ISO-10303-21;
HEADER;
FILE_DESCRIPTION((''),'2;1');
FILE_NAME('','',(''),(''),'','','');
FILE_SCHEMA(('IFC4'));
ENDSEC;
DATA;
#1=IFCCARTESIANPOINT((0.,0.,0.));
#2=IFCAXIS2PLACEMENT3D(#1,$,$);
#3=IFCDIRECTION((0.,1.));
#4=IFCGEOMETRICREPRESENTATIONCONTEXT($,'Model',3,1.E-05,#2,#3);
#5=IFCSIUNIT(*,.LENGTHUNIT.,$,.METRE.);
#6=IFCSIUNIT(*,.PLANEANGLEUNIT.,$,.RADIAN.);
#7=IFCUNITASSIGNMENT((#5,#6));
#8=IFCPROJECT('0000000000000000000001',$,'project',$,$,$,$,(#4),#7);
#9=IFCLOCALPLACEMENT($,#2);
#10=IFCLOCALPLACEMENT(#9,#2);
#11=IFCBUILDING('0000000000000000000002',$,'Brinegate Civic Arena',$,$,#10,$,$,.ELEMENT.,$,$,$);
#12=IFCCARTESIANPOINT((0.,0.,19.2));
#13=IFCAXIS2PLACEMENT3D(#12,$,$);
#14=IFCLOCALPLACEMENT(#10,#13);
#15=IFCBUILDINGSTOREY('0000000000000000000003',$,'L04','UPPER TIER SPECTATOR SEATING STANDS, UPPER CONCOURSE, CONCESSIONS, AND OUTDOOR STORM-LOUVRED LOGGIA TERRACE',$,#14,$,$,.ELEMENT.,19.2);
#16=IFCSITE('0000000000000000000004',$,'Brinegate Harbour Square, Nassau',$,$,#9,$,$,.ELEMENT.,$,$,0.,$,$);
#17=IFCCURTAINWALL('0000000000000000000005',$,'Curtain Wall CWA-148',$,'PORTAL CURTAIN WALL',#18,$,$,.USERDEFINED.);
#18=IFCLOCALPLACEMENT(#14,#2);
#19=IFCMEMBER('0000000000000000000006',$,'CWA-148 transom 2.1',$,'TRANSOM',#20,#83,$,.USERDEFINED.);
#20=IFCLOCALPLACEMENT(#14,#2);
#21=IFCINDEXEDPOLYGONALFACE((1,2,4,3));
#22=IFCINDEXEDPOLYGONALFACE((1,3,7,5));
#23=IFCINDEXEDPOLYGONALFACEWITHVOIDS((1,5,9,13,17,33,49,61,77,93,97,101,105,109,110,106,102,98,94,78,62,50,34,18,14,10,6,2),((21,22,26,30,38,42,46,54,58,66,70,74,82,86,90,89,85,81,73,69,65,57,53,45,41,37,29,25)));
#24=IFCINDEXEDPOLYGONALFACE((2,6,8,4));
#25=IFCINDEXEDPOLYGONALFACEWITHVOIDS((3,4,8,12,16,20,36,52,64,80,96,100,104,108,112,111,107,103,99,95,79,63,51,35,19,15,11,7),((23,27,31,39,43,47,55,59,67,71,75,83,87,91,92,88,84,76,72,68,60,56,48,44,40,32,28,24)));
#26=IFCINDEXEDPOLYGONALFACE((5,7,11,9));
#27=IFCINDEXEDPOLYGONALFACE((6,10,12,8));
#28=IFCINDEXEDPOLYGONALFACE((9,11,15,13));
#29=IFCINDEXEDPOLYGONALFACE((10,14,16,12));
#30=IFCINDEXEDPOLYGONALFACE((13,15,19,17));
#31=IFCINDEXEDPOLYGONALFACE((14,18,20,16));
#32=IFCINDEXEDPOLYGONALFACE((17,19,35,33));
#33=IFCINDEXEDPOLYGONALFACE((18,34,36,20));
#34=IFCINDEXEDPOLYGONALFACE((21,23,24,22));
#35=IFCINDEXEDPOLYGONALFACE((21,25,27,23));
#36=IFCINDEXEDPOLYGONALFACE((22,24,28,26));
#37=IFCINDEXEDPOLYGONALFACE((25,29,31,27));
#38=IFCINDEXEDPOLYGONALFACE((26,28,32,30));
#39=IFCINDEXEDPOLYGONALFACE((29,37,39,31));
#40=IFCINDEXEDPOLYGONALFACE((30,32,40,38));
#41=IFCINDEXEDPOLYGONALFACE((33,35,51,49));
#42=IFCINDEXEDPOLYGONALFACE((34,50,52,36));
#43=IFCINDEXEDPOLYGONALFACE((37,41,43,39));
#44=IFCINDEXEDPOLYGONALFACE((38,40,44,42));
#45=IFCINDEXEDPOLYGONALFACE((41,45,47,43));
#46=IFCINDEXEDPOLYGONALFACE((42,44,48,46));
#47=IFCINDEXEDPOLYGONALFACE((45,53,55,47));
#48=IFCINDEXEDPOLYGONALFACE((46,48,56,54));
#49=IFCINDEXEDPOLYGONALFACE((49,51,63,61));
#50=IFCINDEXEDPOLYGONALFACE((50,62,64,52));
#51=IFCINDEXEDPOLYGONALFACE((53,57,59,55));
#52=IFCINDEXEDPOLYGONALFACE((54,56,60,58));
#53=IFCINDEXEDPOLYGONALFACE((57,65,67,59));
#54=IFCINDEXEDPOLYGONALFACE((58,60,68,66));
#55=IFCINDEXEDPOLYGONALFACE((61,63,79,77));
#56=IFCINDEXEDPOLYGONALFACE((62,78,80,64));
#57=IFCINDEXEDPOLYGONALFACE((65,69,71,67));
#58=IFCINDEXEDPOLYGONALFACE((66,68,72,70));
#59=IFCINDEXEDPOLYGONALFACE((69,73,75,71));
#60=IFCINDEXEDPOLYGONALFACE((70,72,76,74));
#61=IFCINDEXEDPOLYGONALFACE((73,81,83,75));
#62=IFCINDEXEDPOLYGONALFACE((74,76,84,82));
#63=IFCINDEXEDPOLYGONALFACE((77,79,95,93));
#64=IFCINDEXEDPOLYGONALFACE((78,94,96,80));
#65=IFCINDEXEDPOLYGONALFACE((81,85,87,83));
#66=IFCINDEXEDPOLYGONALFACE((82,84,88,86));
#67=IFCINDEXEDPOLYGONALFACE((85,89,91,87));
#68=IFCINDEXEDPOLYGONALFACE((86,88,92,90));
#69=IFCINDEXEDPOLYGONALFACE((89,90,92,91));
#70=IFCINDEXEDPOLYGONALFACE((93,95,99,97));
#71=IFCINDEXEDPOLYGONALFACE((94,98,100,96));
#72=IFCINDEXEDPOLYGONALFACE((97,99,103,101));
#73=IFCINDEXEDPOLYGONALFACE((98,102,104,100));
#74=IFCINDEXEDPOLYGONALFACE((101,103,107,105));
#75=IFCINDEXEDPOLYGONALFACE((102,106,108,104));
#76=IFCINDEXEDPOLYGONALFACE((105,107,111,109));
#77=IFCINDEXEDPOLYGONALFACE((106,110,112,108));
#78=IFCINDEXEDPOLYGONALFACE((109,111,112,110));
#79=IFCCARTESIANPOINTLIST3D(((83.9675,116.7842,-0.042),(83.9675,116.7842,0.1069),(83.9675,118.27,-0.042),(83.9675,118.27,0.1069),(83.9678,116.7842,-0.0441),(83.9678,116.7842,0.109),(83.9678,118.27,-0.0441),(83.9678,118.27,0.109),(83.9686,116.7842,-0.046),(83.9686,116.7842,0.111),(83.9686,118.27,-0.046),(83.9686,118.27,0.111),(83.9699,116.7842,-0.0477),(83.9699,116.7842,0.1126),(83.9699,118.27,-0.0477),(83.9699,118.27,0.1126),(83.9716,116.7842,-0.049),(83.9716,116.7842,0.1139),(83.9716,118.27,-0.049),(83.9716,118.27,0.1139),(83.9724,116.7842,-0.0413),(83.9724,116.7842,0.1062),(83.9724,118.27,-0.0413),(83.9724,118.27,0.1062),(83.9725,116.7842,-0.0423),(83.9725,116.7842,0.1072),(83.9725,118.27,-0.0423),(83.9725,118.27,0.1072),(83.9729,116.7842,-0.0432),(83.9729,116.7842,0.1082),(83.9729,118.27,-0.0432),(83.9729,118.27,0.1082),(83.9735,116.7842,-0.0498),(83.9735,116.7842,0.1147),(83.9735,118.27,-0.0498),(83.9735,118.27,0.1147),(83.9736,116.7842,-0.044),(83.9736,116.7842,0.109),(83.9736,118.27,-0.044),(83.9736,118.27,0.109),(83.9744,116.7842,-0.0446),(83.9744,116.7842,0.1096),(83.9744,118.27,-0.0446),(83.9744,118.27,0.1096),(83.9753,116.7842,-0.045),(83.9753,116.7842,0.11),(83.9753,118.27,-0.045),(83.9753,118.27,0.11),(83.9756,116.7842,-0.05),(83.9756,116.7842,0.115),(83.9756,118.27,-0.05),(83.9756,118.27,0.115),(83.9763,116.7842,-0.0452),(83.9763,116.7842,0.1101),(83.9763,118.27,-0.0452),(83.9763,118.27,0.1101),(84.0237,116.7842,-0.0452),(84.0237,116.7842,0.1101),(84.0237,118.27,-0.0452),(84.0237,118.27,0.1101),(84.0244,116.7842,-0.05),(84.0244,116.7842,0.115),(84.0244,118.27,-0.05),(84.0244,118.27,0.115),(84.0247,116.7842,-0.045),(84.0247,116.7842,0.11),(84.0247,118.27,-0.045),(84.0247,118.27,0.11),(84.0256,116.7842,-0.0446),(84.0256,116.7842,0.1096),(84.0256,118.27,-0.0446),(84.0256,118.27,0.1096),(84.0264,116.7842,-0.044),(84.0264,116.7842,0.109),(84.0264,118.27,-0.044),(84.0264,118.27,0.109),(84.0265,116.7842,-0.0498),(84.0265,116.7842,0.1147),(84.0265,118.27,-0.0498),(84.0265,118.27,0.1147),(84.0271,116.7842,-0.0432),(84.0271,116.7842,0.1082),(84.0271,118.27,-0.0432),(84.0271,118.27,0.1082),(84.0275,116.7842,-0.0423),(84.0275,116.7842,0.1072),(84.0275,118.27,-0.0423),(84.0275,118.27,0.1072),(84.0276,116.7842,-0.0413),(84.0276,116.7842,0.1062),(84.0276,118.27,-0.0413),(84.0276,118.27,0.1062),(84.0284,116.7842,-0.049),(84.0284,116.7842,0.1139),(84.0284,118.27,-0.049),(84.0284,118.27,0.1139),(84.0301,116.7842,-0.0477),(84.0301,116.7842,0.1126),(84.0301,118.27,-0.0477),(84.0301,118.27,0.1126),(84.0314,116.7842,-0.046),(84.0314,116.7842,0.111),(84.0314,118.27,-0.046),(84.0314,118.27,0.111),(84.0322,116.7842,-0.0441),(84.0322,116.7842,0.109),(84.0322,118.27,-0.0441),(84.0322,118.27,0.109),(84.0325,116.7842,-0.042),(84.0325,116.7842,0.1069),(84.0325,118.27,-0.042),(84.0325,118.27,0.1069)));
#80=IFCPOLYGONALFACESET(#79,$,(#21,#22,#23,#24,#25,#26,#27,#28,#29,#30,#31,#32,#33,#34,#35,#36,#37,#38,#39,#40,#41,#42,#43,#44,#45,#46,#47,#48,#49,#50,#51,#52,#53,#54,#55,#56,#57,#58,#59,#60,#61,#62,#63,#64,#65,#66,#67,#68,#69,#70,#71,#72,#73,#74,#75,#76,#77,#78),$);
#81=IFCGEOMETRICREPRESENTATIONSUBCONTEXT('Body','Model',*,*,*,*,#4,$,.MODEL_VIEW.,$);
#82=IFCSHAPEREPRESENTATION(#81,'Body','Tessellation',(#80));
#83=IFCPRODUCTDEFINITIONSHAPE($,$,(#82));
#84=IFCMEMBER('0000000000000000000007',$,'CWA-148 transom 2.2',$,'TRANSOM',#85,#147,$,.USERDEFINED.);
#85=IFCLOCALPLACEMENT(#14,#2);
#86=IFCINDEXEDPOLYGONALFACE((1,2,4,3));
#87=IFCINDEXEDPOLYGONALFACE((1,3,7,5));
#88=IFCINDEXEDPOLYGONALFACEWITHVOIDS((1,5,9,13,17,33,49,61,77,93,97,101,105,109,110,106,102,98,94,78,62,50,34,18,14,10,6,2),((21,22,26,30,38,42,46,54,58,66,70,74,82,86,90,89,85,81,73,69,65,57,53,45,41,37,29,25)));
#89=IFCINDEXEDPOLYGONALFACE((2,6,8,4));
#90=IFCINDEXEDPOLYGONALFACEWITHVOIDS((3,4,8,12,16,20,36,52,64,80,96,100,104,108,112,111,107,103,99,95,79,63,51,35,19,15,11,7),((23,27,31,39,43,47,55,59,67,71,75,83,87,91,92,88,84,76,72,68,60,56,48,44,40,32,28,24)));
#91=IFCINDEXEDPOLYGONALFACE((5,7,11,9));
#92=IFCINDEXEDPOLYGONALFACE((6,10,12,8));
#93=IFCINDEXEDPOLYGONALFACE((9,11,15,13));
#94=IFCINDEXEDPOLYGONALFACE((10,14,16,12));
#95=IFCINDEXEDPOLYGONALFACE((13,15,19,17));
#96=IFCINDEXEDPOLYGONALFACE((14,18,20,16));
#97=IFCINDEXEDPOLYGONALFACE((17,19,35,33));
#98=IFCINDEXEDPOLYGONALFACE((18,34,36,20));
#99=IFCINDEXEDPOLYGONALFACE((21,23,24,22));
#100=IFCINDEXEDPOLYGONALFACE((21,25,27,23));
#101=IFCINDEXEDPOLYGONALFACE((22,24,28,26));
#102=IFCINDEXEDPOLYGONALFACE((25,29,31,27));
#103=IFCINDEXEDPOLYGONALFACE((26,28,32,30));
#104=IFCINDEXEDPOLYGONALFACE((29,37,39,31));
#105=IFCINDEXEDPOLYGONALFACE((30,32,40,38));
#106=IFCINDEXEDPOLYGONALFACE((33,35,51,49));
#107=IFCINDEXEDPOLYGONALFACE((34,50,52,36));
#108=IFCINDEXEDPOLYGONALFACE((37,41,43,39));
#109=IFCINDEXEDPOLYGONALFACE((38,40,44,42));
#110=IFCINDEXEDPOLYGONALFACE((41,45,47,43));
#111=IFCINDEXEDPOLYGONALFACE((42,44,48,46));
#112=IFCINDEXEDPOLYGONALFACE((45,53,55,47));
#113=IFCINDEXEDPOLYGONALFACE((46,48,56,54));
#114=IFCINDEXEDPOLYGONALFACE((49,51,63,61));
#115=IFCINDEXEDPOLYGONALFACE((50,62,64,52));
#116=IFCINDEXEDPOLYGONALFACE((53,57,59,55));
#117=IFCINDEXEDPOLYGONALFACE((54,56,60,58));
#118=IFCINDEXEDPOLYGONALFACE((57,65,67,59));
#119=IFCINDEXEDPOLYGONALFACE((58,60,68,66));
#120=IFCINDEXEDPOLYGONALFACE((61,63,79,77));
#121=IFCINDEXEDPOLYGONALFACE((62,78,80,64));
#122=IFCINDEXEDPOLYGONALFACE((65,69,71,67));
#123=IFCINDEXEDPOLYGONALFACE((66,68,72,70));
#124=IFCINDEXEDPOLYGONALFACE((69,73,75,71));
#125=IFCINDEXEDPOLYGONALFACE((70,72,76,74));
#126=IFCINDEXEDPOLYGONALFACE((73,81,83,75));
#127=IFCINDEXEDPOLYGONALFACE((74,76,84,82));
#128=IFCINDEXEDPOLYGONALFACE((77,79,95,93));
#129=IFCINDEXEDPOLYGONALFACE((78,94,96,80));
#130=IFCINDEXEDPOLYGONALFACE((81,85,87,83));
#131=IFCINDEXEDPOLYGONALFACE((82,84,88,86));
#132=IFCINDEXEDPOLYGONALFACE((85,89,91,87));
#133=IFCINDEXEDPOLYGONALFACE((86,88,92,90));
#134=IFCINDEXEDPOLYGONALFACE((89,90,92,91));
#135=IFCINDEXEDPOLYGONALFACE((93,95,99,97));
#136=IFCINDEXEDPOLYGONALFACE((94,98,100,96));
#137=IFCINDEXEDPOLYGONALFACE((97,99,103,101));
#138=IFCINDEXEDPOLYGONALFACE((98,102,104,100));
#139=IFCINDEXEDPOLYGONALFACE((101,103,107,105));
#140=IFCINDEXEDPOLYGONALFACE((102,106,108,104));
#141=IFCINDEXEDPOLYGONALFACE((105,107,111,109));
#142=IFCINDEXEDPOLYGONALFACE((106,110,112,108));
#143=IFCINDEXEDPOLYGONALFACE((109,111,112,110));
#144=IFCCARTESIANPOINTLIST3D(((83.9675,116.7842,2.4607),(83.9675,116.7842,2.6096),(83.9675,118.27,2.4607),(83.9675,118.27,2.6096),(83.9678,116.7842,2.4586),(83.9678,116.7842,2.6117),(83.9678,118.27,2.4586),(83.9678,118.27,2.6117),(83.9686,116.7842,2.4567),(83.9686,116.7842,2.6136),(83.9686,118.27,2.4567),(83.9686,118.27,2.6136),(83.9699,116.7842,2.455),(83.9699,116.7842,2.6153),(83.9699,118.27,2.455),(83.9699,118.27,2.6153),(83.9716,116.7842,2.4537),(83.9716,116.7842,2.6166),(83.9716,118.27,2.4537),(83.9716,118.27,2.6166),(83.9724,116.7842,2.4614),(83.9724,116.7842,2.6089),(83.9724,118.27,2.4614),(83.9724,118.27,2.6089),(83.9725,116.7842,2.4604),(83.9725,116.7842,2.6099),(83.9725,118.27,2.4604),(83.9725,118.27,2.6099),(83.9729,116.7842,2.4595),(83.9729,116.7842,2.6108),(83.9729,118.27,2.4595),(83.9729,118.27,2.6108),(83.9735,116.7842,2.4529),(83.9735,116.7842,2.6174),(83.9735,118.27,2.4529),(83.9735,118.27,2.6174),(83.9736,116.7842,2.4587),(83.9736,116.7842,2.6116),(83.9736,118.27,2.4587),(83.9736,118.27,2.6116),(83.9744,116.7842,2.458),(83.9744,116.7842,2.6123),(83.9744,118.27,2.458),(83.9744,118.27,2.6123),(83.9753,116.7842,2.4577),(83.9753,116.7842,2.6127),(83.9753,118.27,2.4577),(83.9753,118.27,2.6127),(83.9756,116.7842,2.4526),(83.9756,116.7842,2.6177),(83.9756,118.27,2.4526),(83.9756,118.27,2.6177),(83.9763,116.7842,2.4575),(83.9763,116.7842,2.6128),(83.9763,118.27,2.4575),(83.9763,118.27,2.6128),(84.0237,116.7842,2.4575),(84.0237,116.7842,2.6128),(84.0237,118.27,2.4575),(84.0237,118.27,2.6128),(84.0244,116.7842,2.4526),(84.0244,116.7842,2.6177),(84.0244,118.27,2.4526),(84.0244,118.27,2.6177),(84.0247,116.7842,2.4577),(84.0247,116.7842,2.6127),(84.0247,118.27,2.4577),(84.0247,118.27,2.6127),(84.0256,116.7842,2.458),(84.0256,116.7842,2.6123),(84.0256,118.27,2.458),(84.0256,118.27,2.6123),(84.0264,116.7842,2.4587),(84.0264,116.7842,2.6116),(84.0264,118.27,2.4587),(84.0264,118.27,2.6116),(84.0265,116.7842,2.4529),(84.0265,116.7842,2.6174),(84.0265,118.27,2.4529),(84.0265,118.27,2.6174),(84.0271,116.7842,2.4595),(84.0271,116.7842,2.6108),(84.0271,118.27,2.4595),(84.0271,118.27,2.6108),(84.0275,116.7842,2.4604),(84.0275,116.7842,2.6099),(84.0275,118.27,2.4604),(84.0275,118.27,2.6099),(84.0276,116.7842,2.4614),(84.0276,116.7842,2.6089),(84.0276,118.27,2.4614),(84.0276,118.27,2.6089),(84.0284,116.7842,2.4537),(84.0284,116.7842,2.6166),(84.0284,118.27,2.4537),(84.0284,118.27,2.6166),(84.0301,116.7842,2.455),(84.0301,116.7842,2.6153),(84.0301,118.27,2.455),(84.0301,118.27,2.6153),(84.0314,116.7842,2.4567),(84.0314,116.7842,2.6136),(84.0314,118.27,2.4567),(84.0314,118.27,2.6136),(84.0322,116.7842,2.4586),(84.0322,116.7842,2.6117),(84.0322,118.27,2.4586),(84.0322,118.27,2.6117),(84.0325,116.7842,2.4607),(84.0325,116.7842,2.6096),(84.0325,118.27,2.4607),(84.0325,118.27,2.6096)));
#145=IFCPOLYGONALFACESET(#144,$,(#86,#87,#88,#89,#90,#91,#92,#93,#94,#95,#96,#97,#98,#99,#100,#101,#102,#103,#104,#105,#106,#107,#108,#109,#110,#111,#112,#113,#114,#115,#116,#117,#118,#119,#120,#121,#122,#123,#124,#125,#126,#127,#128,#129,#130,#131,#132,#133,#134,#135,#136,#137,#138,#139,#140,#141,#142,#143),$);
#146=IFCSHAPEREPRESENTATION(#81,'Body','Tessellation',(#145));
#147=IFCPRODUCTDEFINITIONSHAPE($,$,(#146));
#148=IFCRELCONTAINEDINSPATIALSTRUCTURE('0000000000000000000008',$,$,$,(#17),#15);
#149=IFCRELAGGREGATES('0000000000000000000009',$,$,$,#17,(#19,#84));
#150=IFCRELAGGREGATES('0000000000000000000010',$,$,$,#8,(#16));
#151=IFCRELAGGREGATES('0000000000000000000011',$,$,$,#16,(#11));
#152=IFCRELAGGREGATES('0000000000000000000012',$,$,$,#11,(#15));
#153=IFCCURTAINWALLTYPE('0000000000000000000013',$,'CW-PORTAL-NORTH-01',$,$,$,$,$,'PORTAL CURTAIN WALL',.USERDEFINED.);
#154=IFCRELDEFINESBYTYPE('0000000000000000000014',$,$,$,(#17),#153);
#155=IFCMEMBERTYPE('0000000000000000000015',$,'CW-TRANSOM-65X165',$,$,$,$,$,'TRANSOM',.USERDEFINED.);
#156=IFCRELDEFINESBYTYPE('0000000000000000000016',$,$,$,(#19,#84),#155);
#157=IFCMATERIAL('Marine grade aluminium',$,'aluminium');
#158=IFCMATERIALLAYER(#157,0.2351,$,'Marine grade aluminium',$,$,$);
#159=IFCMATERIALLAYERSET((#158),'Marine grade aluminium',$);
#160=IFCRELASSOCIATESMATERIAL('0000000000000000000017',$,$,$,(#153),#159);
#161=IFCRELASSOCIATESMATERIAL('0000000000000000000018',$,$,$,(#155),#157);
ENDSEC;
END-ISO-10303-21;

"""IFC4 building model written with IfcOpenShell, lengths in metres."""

from ifc_helpers import new_model, si_unit, direction, frame, origin, origin_2d, place, context, subcontext, project, spatial, hollow_rectangle, extrude, material, layer, layer_set, material_profile, profile_set, type_object, element, aggregate, save


model = new_model("IFC4")

# Units and contexts
model_context = context("Model", 3, precision=1e-05, world=origin(), true_north=direction((0.0, 1.0)))
body_context = subcontext(model_context, "Body", "Model", "MODEL_VIEW")
ifc_project = project(units=[si_unit("LENGTHUNIT", "METRE"), si_unit("PLANEANGLEUNIT", "RADIAN")], contexts=[model_context])

# Site, building, storey
site_placement = place(None, origin())
site = spatial("IfcSite", under=ifc_project, at=site_placement, Name="Brinegate Harbour Square, Nassau", CompositionType="ELEMENT", RefElevation=0.0)
building_placement = place(site_placement, origin())
building = spatial("IfcBuilding", under=site, at=building_placement, Name="Brinegate Civic Arena", CompositionType="ELEMENT")
storey_placement = place(building_placement, frame((0.0, 0.0, 19.2)))
storey = spatial("IfcBuildingStorey", under=building, at=storey_placement, Name="L04", Description="UPPER TIER SPECTATOR SEATING STANDS, UPPER CONCOURSE, CONCESSIONS, AND OUTDOOR STORM-LOUVRED LOGGIA TERRACE", CompositionType="ELEMENT", Elevation=19.2)

# Curtain wall, members
ifc_material_1 = material(Name="Marine grade aluminium", Category="aluminium")
ifc_layer_1 = layer(ifc_material_1, 0.2351, Name="Marine grade aluminium")
ifc_layer_set_1 = layer_set([ifc_layer_1], Name="Marine grade aluminium")
curtain_wall_type = type_object("IfcCurtainWallType", Name="CW-PORTAL-NORTH-01", ElementType="PORTAL CURTAIN WALL", PredefinedType="USERDEFINED", material=ifc_layer_set_1)
curtain_wall_placement = place(storey_placement, origin())
curtain_wall = element("IfcCurtainWall", 1, at=curtain_wall_placement, inside=storey, type_object=curtain_wall_type, Name="Curtain Wall CWA-148", ObjectType="PORTAL CURTAIN WALL", PredefinedType="USERDEFINED")
ifc_material_profile_1 = material_profile(ifc_material_1, hollow_rectangle(XDim=0.0649, YDim=0.165, WallThickness=0.0049, InnerFilletRadius=0.0039, OuterFilletRadius=0.0081, at=origin_2d()), Name="TRN65X165")
ifc_profile_set_1 = profile_set([ifc_material_profile_1], Name="Marine grade aluminium")
member_type_1 = type_object("IfcMemberType", Name="CW-TRANSOM-65X165", ElementType="TRANSOM", PredefinedType="USERDEFINED", material=ifc_profile_set_1)
member_1_placement = place(storey_placement, frame((84.0, 116.7842, 0.0325), z_axis=(0.0, 1.0, 0.0), x_axis=(-1.0, 0.0, 0.0)))
member_1 = element("IfcMember", 2, at=member_1_placement, type_object=member_type_1, Name="CWA-148 transom 2.1", ObjectType="TRANSOM", PredefinedType="USERDEFINED", context=body_context, shape_type="SweptSolid", body=[
    extrude(hollow_rectangle(XDim=0.0649, YDim=0.165, WallThickness=0.0049, InnerFilletRadius=0.0039, OuterFilletRadius=0.0081, at=origin_2d()), origin(), (0.0, 0.0, 1.0), 1.4858),
])
member_2_placement = place(storey_placement, frame((84.0, 116.7842, 2.5352), z_axis=(0.0, 1.0, 0.0), x_axis=(-1.0, 0.0, 0.0)))
member_2 = element("IfcMember", 3, at=member_2_placement, type_object=member_type_1, Name="CWA-148 transom 2.2", ObjectType="TRANSOM", PredefinedType="USERDEFINED", context=body_context, shape_type="SweptSolid", body=[
    extrude(hollow_rectangle(XDim=0.0649, YDim=0.165, WallThickness=0.0049, InnerFilletRadius=0.0039, OuterFilletRadius=0.0081, at=origin_2d()), origin(), (0.0, 0.0, 1.0), 1.4858),
])

aggregate(curtain_wall, [member_1, member_2])

save(model, "model.ifc")
